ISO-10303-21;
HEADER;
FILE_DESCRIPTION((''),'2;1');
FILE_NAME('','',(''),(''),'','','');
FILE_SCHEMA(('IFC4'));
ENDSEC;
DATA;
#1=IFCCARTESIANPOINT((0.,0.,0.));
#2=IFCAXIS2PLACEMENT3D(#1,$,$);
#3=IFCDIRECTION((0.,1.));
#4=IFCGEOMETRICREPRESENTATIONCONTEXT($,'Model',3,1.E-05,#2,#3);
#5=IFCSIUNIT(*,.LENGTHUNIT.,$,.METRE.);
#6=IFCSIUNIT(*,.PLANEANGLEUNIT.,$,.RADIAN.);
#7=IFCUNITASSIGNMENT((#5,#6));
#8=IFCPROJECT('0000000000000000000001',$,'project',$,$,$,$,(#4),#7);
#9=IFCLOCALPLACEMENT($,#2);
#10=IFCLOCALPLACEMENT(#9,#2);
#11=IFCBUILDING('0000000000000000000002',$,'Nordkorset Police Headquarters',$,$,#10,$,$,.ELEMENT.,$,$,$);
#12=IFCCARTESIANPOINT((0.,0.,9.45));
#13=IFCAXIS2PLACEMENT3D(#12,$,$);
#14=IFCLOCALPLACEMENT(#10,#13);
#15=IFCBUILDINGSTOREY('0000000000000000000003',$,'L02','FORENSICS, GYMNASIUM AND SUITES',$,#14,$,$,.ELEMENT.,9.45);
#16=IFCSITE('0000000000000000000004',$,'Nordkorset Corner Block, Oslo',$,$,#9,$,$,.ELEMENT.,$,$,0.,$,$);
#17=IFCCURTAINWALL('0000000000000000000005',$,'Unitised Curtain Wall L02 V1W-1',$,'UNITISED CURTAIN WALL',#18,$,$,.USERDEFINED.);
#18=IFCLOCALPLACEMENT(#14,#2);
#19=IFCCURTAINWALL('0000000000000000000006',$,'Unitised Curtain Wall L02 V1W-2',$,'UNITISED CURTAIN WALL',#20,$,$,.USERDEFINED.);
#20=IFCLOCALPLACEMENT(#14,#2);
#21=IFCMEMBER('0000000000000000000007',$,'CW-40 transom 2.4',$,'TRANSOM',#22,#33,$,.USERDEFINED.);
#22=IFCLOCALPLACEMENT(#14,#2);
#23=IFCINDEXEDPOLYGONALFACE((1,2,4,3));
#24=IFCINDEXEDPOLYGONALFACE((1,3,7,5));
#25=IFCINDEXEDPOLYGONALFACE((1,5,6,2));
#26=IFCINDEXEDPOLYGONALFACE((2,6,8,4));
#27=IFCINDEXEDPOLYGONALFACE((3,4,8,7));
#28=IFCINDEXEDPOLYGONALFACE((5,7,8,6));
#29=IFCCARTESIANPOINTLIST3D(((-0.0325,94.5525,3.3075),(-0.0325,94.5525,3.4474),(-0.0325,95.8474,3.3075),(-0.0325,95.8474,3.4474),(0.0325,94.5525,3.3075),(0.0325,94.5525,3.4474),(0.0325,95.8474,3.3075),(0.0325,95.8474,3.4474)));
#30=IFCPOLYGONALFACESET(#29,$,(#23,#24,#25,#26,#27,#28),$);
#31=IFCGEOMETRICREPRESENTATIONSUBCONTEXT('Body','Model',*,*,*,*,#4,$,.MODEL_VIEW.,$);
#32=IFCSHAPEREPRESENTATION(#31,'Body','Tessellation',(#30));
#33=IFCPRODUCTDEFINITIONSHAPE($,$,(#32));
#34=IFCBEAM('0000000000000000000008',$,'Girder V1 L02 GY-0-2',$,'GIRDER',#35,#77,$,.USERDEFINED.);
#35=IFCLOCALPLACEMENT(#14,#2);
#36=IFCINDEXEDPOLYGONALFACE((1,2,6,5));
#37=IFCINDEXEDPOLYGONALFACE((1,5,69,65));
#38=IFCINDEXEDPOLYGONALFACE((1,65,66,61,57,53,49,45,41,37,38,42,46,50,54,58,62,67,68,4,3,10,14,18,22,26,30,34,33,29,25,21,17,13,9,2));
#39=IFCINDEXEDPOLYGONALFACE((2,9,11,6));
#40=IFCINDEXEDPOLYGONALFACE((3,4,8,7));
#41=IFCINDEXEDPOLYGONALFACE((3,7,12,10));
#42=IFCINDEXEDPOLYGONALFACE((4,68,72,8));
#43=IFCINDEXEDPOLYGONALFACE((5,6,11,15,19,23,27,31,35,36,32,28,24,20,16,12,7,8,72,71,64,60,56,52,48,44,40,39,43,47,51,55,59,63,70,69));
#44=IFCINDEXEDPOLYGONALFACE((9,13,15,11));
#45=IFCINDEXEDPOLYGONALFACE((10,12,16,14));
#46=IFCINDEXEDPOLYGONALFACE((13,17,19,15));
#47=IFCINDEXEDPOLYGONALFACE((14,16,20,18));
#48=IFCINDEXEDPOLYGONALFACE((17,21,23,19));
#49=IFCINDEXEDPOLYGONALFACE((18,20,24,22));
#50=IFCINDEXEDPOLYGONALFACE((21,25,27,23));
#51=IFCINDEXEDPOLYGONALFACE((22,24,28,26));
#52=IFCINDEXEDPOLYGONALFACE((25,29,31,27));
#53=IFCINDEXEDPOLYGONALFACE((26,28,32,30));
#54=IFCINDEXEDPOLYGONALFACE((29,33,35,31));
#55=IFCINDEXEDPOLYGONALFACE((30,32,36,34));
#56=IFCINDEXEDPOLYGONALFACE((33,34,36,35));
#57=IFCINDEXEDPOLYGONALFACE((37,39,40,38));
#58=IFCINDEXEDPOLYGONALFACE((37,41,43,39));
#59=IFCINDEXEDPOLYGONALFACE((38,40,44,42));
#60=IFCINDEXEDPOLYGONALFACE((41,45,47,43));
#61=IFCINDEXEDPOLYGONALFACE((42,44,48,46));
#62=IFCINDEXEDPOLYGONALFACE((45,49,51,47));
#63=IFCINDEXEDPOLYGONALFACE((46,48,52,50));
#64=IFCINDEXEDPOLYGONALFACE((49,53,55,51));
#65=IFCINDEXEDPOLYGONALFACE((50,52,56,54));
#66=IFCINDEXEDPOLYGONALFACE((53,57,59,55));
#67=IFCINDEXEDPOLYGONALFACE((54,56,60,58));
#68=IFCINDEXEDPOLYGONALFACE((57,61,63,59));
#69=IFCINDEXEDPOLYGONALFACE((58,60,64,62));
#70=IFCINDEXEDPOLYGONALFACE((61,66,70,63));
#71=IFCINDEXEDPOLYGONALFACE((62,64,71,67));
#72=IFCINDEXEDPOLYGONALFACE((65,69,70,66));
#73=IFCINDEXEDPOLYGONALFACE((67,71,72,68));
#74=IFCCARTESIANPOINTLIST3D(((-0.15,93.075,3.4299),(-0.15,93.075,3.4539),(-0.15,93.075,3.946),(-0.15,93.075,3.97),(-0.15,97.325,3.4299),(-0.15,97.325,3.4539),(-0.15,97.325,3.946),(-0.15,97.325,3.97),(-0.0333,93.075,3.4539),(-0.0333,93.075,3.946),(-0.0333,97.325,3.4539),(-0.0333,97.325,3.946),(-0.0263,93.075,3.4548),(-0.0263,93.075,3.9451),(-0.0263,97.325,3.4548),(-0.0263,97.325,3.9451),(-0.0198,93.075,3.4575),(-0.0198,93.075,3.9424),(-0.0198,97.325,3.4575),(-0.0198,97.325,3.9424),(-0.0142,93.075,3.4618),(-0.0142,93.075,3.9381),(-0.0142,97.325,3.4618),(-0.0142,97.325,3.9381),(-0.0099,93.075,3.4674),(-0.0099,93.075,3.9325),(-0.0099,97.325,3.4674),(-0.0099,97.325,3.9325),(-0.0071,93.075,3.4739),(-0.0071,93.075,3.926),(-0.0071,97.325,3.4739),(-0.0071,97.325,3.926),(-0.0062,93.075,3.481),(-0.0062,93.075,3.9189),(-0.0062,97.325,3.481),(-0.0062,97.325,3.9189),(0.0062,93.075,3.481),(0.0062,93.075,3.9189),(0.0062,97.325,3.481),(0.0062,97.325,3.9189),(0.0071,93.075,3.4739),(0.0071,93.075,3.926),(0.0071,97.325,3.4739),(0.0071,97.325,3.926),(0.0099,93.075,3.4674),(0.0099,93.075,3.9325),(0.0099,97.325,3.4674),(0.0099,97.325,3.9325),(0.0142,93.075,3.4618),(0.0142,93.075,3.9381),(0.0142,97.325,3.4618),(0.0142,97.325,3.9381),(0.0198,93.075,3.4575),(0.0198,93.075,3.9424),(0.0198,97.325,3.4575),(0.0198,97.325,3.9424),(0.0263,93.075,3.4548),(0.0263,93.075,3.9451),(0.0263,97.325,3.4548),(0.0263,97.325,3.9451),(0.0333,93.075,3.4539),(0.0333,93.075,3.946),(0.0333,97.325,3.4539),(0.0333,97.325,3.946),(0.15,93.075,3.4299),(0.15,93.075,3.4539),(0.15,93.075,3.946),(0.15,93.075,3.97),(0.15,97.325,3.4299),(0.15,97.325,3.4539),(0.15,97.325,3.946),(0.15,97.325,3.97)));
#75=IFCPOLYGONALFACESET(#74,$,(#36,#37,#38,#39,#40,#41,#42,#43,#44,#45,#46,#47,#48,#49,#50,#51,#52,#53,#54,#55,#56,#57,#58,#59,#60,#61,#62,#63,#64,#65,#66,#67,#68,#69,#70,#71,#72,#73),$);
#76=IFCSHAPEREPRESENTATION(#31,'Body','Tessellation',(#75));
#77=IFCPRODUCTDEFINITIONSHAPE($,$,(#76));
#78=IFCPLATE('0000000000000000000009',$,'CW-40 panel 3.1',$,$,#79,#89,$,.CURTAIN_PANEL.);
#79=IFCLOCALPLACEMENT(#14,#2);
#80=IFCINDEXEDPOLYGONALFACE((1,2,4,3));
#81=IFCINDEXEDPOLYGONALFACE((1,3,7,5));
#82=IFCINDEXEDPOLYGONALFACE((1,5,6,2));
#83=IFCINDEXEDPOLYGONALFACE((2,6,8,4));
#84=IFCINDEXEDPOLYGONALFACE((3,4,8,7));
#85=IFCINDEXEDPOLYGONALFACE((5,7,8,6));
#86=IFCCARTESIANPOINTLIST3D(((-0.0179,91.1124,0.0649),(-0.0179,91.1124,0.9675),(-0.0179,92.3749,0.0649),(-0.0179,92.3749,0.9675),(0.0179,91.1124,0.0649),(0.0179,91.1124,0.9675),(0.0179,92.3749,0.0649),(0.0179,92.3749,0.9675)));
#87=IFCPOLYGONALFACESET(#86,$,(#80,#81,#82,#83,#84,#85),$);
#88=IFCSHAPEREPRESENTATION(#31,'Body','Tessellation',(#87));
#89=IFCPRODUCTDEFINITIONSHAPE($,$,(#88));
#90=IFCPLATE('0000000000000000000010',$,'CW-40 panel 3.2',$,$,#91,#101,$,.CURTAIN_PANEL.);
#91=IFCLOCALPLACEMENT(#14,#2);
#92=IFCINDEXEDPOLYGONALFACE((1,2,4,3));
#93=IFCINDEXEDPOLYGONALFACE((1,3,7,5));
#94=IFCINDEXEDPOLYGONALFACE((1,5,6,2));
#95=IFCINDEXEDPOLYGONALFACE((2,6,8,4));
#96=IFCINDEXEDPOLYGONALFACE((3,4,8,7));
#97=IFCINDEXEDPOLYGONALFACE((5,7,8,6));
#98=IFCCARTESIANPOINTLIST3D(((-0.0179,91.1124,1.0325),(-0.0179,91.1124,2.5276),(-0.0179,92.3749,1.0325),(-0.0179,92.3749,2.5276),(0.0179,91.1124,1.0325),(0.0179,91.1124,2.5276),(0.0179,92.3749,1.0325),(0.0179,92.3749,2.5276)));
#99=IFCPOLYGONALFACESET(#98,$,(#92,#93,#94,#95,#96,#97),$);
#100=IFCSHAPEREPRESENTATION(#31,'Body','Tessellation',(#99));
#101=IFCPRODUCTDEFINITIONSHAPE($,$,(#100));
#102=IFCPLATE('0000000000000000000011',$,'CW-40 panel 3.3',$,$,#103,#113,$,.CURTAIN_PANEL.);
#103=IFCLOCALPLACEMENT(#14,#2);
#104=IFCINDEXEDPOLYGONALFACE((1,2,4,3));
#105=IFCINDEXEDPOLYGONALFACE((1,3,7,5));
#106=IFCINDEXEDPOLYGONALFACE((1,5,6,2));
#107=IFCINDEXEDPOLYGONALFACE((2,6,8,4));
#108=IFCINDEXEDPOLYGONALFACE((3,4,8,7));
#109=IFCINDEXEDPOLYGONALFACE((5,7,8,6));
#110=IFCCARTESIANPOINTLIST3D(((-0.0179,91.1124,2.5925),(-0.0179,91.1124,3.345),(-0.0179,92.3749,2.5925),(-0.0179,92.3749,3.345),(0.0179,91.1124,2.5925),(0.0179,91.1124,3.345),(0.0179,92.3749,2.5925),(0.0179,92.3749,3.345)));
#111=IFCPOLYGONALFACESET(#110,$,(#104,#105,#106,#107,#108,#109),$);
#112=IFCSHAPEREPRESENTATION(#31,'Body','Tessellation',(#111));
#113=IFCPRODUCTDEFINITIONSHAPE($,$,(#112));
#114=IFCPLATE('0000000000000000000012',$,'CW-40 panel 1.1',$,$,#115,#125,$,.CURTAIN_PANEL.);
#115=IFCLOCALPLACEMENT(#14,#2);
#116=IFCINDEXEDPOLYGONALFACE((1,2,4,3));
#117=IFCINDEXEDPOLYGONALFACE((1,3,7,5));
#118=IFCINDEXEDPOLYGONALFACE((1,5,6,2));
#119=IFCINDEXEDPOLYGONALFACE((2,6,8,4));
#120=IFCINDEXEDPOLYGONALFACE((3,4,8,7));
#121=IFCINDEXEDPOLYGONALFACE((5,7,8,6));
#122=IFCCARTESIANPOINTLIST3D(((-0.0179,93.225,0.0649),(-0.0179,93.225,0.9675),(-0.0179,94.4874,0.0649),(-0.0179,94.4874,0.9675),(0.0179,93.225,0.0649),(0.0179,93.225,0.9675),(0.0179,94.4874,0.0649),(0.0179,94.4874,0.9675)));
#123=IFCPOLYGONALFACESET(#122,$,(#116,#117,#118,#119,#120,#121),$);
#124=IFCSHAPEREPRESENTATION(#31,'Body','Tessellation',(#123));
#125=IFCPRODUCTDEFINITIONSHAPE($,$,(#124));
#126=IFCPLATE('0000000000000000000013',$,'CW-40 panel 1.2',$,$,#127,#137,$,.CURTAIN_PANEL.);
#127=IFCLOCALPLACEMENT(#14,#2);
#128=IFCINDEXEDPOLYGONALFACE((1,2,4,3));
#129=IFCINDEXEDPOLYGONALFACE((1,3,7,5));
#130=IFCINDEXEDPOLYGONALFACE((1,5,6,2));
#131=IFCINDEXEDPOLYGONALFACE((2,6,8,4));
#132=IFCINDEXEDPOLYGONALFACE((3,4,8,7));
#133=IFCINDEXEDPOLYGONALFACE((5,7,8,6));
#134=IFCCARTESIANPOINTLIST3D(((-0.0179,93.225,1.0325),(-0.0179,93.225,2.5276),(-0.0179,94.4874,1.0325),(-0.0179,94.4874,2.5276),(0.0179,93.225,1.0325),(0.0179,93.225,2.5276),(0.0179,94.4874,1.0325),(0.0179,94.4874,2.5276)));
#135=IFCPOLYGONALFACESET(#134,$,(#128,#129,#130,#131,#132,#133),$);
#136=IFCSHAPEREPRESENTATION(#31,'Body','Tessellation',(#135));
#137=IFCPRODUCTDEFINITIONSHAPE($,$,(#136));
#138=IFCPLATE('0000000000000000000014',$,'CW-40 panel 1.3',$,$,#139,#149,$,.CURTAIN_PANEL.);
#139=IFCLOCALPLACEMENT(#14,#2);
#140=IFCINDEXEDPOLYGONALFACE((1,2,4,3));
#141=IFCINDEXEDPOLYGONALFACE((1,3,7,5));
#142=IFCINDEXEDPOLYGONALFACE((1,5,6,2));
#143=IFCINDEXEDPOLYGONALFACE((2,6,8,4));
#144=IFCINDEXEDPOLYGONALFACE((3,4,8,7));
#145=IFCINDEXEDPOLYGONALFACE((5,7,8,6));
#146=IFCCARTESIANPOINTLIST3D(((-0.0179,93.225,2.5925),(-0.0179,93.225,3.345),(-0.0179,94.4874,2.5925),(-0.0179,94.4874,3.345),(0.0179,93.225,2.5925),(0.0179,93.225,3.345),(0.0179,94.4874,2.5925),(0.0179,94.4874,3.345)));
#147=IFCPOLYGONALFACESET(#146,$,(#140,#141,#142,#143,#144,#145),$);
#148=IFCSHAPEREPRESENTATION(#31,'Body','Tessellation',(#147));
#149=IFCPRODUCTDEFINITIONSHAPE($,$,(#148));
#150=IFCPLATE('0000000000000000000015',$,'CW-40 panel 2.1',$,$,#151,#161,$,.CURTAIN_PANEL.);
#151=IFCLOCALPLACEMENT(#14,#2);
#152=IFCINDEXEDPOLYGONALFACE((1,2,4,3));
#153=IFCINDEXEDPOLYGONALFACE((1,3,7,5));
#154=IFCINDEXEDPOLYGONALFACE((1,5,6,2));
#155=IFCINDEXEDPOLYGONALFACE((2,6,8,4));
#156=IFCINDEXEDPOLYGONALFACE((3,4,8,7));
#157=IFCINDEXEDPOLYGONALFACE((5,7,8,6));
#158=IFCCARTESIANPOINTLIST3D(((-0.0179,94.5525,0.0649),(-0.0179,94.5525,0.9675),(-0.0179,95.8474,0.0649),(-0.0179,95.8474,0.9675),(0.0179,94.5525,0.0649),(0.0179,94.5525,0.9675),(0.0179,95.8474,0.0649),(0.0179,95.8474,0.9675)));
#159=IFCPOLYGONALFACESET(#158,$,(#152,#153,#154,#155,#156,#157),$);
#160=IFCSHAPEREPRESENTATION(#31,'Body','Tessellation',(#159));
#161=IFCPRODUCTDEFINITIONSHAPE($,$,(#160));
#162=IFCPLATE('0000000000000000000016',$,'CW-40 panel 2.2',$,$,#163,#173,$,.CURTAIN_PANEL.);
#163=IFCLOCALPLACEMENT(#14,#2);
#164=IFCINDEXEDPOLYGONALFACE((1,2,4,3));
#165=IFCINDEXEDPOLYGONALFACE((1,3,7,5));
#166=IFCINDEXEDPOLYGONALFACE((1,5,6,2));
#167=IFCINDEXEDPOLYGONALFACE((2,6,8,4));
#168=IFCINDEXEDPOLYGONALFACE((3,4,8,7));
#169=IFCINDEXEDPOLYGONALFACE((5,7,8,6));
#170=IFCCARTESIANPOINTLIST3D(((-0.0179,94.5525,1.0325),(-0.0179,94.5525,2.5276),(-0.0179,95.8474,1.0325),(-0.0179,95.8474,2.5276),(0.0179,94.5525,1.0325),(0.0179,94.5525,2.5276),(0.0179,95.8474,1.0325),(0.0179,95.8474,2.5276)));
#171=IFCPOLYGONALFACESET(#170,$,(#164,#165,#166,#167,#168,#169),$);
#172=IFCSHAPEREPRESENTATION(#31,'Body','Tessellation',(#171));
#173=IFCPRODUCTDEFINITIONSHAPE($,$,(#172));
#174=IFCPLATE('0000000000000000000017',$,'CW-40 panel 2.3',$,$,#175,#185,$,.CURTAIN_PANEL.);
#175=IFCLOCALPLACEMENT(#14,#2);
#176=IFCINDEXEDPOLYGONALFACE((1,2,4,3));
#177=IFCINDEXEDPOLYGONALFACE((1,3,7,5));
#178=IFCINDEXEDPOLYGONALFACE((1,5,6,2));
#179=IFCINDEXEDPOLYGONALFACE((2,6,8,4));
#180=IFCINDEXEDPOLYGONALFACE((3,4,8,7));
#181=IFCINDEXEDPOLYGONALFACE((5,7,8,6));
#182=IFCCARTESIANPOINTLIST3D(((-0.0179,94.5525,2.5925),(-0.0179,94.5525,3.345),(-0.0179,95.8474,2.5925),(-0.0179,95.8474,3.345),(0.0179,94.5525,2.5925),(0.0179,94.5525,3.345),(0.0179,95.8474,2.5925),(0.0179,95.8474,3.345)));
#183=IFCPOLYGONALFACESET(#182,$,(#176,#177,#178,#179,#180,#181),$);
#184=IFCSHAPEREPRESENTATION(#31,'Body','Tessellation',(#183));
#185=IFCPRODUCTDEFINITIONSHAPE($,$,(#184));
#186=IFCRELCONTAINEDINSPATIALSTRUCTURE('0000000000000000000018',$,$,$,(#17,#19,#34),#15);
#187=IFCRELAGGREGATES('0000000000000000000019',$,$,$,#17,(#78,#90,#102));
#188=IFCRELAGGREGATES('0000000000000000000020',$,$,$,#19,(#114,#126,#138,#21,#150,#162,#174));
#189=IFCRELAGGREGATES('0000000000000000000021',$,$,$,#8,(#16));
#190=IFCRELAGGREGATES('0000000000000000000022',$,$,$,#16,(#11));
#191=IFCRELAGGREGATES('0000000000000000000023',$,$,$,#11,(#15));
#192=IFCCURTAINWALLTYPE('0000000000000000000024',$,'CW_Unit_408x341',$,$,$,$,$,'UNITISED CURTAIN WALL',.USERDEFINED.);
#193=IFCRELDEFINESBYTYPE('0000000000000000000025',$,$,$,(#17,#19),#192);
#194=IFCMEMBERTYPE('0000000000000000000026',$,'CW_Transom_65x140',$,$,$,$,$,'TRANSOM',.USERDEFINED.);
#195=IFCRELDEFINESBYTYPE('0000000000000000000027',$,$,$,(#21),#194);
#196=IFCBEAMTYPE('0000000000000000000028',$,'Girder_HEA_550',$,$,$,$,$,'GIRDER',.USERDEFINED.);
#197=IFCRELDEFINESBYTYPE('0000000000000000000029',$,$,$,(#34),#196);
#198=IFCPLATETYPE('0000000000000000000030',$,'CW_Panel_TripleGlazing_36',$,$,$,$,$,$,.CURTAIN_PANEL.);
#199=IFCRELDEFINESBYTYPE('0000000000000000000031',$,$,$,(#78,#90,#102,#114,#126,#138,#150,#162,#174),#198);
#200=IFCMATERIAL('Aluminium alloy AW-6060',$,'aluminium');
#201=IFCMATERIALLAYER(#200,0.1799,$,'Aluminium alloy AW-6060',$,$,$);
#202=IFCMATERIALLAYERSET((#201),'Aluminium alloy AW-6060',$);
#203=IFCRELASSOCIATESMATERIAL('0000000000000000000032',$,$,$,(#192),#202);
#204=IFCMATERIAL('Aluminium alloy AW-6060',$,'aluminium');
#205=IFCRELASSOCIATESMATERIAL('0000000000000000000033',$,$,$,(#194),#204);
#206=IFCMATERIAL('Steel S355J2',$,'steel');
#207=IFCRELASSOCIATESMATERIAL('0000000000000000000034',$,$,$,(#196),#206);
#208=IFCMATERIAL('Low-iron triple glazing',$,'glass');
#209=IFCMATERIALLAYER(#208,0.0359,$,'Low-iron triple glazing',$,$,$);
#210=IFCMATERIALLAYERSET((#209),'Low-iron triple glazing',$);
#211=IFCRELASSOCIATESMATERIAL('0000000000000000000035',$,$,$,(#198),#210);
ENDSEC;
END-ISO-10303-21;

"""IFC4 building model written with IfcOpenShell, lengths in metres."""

from ifc_helpers import new_model, si_unit, direction, frame, origin, origin_2d, place, context, subcontext, project, spatial, rectangle, i_section, extrude, material, layer, layer_set, material_profile, profile_set, type_object, element, aggregate, save


model = new_model("IFC4")

# Units and contexts
model_context = context("Model", 3, precision=1e-05, world=origin(), true_north=direction((0.0, 1.0)))
body_context = subcontext(model_context, "Body", "Model", "MODEL_VIEW")
ifc_project = project(units=[si_unit("LENGTHUNIT", "METRE"), si_unit("PLANEANGLEUNIT", "RADIAN")], contexts=[model_context])

# Site, building, storey
site_placement = place(None, origin())
site = spatial("IfcSite", under=ifc_project, at=site_placement, Name="Nordkorset Corner Block, Oslo", CompositionType="ELEMENT", RefElevation=0.0)
building_placement = place(site_placement, origin())
building = spatial("IfcBuilding", under=site, at=building_placement, Name="Nordkorset Police Headquarters", CompositionType="ELEMENT")
storey_placement = place(building_placement, frame((0.0, 0.0, 9.45)))
storey = spatial("IfcBuildingStorey", under=building, at=storey_placement, Name="L02", Description="FORENSICS, GYMNASIUM AND SUITES", CompositionType="ELEMENT", Elevation=9.45)

# Curtain wall
ifc_material_1 = material(Name="Aluminium alloy AW-6060", Category="aluminium")
ifc_layer_1 = layer(ifc_material_1, 0.1799, Name="Aluminium alloy AW-6060")
ifc_layer_set_1 = layer_set([ifc_layer_1], Name="Aluminium alloy AW-6060")
curtain_wall_type = type_object("IfcCurtainWallType", Name="CW_Unit_408x341", ElementType="UNITISED CURTAIN WALL", PredefinedType="USERDEFINED", material=ifc_layer_set_1)
curtain_wall_1_placement = place(storey_placement, origin())
curtain_wall_1 = element("IfcCurtainWall", 1, at=curtain_wall_1_placement, inside=storey, type_object=curtain_wall_type, Name="Unitised Curtain Wall L02 V1W-1", ObjectType="UNITISED CURTAIN WALL", PredefinedType="USERDEFINED")

# Curtain wall
curtain_wall_2_placement = place(storey_placement, origin())
curtain_wall_2 = element("IfcCurtainWall", 2, at=curtain_wall_2_placement, inside=storey, type_object=curtain_wall_type, Name="Unitised Curtain Wall L02 V1W-2", ObjectType="UNITISED CURTAIN WALL", PredefinedType="USERDEFINED")

# Member
ifc_material_2 = material(Name="Aluminium alloy AW-6060", Category="aluminium")
ifc_material_profile_1 = material_profile(ifc_material_2, rectangle(XDim=0.0649, YDim=0.1399, at=origin_2d()), Name="ALU TRAN 65x140")
ifc_profile_set_1 = profile_set([ifc_material_profile_1], Name="Aluminium alloy AW-6060")
member_type_1 = type_object("IfcMemberType", Name="CW_Transom_65x140", ElementType="TRANSOM", PredefinedType="USERDEFINED", material=ifc_profile_set_1)
member_1_placement = place(storey_placement, frame((0.0, 94.5525, 3.3774), z_axis=(0.0, 1.0, 0.0), x_axis=(-1.0, 0.0, 0.0)))
member_1 = element("IfcMember", 3, at=member_1_placement, type_object=member_type_1, Name="CW-40 transom 2.4", ObjectType="TRANSOM", PredefinedType="USERDEFINED", context=body_context, shape_type="SweptSolid", body=[
    extrude(rectangle(XDim=0.0649, YDim=0.1399, at=origin_2d()), origin(), (0.0, 0.0, 1.0), 1.2949),
])

# Beam
ifc_material_3 = material(Name="Steel S355J2", Category="steel")
ifc_material_profile_2 = material_profile(ifc_material_3, i_section(OverallWidth=0.3, OverallDepth=0.54, WebThickness=0.0125, FlangeThickness=0.0239, FilletRadius=0.0271, at=origin_2d()), Name="HEA 550")
ifc_profile_set_2 = profile_set([ifc_material_profile_2], Name="Steel S355J2")
beam_type = type_object("IfcBeamType", Name="Girder_HEA_550", ElementType="GIRDER", PredefinedType="USERDEFINED", material=ifc_profile_set_2)
beam_placement = place(storey_placement, frame((0.0, 93.075, 3.7), z_axis=(0.0, 1.0, 0.0), x_axis=(-1.0, 0.0, 0.0)))
element("IfcBeam", 4, at=beam_placement, inside=storey, type_object=beam_type, Name="Girder V1 L02 GY-0-2", ObjectType="GIRDER", PredefinedType="USERDEFINED", context=body_context, shape_type="SweptSolid", body=[
    extrude(i_section(OverallWidth=0.3, OverallDepth=0.54, WebThickness=0.0125, FlangeThickness=0.0239, FilletRadius=0.0271, at=origin_2d()), origin(), (0.0, 0.0, 1.0), 4.25),
])

# Plates
ifc_material_4 = material(Name="Low-iron triple glazing", Category="glass")
ifc_layer_2 = layer(ifc_material_4, 0.0359, Name="Low-iron triple glazing")
ifc_layer_set_2 = layer_set([ifc_layer_2], Name="Low-iron triple glazing")
plate_type = type_object("IfcPlateType", Name="CW_Panel_TripleGlazing_36", PredefinedType="CURTAIN_PANEL", material=ifc_layer_set_2)
plate_1_placement = place(storey_placement, frame((0.0, 91.7437, 0.0649), z_axis=(0.0, 0.0, 1.0), x_axis=(0.0, 1.0, 0.0)))
plate_1 = element("IfcPlate", 5, at=plate_1_placement, type_object=plate_type, Name="CW-40 panel 3.1", PredefinedType="CURTAIN_PANEL", context=body_context, shape_type="SweptSolid", body=[
    extrude(rectangle(XDim=1.2625, YDim=0.0359, at=origin_2d()), origin(), (0.0, 0.0, 1.0), 0.9026),
])
plate_2_placement = place(storey_placement, frame((0.0, 91.7437, 1.0325), z_axis=(0.0, 0.0, 1.0), x_axis=(0.0, 1.0, 0.0)))
plate_2 = element("IfcPlate", 6, at=plate_2_placement, type_object=plate_type, Name="CW-40 panel 3.2", PredefinedType="CURTAIN_PANEL", context=body_context, shape_type="SweptSolid", body=[
    extrude(rectangle(XDim=1.2625, YDim=0.0359, at=origin_2d()), origin(), (0.0, 0.0, 1.0), 1.4951),
])
plate_3_placement = place(storey_placement, frame((0.0, 91.7437, 2.5925), z_axis=(0.0, 0.0, 1.0), x_axis=(0.0, 1.0, 0.0)))
plate_3 = element("IfcPlate", 7, at=plate_3_placement, type_object=plate_type, Name="CW-40 panel 3.3", PredefinedType="CURTAIN_PANEL", context=body_context, shape_type="SweptSolid", body=[
    extrude(rectangle(XDim=1.2625, YDim=0.0359, at=origin_2d()), origin(), (0.0, 0.0, 1.0), 0.7524),
])
aggregate(curtain_wall_1, [plate_1, plate_2, plate_3])
plate_4_placement = place(storey_placement, frame((0.0, 93.8562, 0.0649), z_axis=(0.0, 0.0, 1.0), x_axis=(0.0, 1.0, 0.0)))
plate_4 = element("IfcPlate", 8, at=plate_4_placement, type_object=plate_type, Name="CW-40 panel 1.1", PredefinedType="CURTAIN_PANEL", context=body_context, shape_type="SweptSolid", body=[
    extrude(rectangle(XDim=1.2625, YDim=0.0359, at=origin_2d()), origin(), (0.0, 0.0, 1.0), 0.9026),
])
plate_5_placement = place(storey_placement, frame((0.0, 93.8562, 1.0325), z_axis=(0.0, 0.0, 1.0), x_axis=(0.0, 1.0, 0.0)))
plate_5 = element("IfcPlate", 9, at=plate_5_placement, type_object=plate_type, Name="CW-40 panel 1.2", PredefinedType="CURTAIN_PANEL", context=body_context, shape_type="SweptSolid", body=[
    extrude(rectangle(XDim=1.2625, YDim=0.0359, at=origin_2d()), origin(), (0.0, 0.0, 1.0), 1.4951),
])
plate_6_placement = place(storey_placement, frame((0.0, 93.8562, 2.5925), z_axis=(0.0, 0.0, 1.0), x_axis=(0.0, 1.0, 0.0)))
plate_6 = element("IfcPlate", 10, at=plate_6_placement, type_object=plate_type, Name="CW-40 panel 1.3", PredefinedType="CURTAIN_PANEL", context=body_context, shape_type="SweptSolid", body=[
    extrude(rectangle(XDim=1.2625, YDim=0.0359, at=origin_2d()), origin(), (0.0, 0.0, 1.0), 0.7524),
])
plate_7_placement = place(storey_placement, frame((0.0, 95.2, 0.0649), z_axis=(0.0, 0.0, 1.0), x_axis=(0.0, 1.0, 0.0)))
plate_7 = element("IfcPlate", 11, at=plate_7_placement, type_object=plate_type, Name="CW-40 panel 2.1", PredefinedType="CURTAIN_PANEL", context=body_context, shape_type="SweptSolid", body=[
    extrude(rectangle(XDim=1.2949, YDim=0.0359, at=origin_2d()), origin(), (0.0, 0.0, 1.0), 0.9026),
])
plate_8_placement = place(storey_placement, frame((0.0, 95.2, 1.0325), z_axis=(0.0, 0.0, 1.0), x_axis=(0.0, 1.0, 0.0)))
plate_8 = element("IfcPlate", 12, at=plate_8_placement, type_object=plate_type, Name="CW-40 panel 2.2", PredefinedType="CURTAIN_PANEL", context=body_context, shape_type="SweptSolid", body=[
    extrude(rectangle(XDim=1.2949, YDim=0.0359, at=origin_2d()), origin(), (0.0, 0.0, 1.0), 1.4951),
])
plate_9_placement = place(storey_placement, frame((0.0, 95.2, 2.5925), z_axis=(0.0, 0.0, 1.0), x_axis=(0.0, 1.0, 0.0)))
plate_9 = element("IfcPlate", 13, at=plate_9_placement, type_object=plate_type, Name="CW-40 panel 2.3", PredefinedType="CURTAIN_PANEL", context=body_context, shape_type="SweptSolid", body=[
    extrude(rectangle(XDim=1.2949, YDim=0.0359, at=origin_2d()), origin(), (0.0, 0.0, 1.0), 0.7524),
])
aggregate(curtain_wall_2, [plate_4, plate_5, plate_6, member_1, plate_7, plate_8, plate_9])

save(model, "model.ifc")
